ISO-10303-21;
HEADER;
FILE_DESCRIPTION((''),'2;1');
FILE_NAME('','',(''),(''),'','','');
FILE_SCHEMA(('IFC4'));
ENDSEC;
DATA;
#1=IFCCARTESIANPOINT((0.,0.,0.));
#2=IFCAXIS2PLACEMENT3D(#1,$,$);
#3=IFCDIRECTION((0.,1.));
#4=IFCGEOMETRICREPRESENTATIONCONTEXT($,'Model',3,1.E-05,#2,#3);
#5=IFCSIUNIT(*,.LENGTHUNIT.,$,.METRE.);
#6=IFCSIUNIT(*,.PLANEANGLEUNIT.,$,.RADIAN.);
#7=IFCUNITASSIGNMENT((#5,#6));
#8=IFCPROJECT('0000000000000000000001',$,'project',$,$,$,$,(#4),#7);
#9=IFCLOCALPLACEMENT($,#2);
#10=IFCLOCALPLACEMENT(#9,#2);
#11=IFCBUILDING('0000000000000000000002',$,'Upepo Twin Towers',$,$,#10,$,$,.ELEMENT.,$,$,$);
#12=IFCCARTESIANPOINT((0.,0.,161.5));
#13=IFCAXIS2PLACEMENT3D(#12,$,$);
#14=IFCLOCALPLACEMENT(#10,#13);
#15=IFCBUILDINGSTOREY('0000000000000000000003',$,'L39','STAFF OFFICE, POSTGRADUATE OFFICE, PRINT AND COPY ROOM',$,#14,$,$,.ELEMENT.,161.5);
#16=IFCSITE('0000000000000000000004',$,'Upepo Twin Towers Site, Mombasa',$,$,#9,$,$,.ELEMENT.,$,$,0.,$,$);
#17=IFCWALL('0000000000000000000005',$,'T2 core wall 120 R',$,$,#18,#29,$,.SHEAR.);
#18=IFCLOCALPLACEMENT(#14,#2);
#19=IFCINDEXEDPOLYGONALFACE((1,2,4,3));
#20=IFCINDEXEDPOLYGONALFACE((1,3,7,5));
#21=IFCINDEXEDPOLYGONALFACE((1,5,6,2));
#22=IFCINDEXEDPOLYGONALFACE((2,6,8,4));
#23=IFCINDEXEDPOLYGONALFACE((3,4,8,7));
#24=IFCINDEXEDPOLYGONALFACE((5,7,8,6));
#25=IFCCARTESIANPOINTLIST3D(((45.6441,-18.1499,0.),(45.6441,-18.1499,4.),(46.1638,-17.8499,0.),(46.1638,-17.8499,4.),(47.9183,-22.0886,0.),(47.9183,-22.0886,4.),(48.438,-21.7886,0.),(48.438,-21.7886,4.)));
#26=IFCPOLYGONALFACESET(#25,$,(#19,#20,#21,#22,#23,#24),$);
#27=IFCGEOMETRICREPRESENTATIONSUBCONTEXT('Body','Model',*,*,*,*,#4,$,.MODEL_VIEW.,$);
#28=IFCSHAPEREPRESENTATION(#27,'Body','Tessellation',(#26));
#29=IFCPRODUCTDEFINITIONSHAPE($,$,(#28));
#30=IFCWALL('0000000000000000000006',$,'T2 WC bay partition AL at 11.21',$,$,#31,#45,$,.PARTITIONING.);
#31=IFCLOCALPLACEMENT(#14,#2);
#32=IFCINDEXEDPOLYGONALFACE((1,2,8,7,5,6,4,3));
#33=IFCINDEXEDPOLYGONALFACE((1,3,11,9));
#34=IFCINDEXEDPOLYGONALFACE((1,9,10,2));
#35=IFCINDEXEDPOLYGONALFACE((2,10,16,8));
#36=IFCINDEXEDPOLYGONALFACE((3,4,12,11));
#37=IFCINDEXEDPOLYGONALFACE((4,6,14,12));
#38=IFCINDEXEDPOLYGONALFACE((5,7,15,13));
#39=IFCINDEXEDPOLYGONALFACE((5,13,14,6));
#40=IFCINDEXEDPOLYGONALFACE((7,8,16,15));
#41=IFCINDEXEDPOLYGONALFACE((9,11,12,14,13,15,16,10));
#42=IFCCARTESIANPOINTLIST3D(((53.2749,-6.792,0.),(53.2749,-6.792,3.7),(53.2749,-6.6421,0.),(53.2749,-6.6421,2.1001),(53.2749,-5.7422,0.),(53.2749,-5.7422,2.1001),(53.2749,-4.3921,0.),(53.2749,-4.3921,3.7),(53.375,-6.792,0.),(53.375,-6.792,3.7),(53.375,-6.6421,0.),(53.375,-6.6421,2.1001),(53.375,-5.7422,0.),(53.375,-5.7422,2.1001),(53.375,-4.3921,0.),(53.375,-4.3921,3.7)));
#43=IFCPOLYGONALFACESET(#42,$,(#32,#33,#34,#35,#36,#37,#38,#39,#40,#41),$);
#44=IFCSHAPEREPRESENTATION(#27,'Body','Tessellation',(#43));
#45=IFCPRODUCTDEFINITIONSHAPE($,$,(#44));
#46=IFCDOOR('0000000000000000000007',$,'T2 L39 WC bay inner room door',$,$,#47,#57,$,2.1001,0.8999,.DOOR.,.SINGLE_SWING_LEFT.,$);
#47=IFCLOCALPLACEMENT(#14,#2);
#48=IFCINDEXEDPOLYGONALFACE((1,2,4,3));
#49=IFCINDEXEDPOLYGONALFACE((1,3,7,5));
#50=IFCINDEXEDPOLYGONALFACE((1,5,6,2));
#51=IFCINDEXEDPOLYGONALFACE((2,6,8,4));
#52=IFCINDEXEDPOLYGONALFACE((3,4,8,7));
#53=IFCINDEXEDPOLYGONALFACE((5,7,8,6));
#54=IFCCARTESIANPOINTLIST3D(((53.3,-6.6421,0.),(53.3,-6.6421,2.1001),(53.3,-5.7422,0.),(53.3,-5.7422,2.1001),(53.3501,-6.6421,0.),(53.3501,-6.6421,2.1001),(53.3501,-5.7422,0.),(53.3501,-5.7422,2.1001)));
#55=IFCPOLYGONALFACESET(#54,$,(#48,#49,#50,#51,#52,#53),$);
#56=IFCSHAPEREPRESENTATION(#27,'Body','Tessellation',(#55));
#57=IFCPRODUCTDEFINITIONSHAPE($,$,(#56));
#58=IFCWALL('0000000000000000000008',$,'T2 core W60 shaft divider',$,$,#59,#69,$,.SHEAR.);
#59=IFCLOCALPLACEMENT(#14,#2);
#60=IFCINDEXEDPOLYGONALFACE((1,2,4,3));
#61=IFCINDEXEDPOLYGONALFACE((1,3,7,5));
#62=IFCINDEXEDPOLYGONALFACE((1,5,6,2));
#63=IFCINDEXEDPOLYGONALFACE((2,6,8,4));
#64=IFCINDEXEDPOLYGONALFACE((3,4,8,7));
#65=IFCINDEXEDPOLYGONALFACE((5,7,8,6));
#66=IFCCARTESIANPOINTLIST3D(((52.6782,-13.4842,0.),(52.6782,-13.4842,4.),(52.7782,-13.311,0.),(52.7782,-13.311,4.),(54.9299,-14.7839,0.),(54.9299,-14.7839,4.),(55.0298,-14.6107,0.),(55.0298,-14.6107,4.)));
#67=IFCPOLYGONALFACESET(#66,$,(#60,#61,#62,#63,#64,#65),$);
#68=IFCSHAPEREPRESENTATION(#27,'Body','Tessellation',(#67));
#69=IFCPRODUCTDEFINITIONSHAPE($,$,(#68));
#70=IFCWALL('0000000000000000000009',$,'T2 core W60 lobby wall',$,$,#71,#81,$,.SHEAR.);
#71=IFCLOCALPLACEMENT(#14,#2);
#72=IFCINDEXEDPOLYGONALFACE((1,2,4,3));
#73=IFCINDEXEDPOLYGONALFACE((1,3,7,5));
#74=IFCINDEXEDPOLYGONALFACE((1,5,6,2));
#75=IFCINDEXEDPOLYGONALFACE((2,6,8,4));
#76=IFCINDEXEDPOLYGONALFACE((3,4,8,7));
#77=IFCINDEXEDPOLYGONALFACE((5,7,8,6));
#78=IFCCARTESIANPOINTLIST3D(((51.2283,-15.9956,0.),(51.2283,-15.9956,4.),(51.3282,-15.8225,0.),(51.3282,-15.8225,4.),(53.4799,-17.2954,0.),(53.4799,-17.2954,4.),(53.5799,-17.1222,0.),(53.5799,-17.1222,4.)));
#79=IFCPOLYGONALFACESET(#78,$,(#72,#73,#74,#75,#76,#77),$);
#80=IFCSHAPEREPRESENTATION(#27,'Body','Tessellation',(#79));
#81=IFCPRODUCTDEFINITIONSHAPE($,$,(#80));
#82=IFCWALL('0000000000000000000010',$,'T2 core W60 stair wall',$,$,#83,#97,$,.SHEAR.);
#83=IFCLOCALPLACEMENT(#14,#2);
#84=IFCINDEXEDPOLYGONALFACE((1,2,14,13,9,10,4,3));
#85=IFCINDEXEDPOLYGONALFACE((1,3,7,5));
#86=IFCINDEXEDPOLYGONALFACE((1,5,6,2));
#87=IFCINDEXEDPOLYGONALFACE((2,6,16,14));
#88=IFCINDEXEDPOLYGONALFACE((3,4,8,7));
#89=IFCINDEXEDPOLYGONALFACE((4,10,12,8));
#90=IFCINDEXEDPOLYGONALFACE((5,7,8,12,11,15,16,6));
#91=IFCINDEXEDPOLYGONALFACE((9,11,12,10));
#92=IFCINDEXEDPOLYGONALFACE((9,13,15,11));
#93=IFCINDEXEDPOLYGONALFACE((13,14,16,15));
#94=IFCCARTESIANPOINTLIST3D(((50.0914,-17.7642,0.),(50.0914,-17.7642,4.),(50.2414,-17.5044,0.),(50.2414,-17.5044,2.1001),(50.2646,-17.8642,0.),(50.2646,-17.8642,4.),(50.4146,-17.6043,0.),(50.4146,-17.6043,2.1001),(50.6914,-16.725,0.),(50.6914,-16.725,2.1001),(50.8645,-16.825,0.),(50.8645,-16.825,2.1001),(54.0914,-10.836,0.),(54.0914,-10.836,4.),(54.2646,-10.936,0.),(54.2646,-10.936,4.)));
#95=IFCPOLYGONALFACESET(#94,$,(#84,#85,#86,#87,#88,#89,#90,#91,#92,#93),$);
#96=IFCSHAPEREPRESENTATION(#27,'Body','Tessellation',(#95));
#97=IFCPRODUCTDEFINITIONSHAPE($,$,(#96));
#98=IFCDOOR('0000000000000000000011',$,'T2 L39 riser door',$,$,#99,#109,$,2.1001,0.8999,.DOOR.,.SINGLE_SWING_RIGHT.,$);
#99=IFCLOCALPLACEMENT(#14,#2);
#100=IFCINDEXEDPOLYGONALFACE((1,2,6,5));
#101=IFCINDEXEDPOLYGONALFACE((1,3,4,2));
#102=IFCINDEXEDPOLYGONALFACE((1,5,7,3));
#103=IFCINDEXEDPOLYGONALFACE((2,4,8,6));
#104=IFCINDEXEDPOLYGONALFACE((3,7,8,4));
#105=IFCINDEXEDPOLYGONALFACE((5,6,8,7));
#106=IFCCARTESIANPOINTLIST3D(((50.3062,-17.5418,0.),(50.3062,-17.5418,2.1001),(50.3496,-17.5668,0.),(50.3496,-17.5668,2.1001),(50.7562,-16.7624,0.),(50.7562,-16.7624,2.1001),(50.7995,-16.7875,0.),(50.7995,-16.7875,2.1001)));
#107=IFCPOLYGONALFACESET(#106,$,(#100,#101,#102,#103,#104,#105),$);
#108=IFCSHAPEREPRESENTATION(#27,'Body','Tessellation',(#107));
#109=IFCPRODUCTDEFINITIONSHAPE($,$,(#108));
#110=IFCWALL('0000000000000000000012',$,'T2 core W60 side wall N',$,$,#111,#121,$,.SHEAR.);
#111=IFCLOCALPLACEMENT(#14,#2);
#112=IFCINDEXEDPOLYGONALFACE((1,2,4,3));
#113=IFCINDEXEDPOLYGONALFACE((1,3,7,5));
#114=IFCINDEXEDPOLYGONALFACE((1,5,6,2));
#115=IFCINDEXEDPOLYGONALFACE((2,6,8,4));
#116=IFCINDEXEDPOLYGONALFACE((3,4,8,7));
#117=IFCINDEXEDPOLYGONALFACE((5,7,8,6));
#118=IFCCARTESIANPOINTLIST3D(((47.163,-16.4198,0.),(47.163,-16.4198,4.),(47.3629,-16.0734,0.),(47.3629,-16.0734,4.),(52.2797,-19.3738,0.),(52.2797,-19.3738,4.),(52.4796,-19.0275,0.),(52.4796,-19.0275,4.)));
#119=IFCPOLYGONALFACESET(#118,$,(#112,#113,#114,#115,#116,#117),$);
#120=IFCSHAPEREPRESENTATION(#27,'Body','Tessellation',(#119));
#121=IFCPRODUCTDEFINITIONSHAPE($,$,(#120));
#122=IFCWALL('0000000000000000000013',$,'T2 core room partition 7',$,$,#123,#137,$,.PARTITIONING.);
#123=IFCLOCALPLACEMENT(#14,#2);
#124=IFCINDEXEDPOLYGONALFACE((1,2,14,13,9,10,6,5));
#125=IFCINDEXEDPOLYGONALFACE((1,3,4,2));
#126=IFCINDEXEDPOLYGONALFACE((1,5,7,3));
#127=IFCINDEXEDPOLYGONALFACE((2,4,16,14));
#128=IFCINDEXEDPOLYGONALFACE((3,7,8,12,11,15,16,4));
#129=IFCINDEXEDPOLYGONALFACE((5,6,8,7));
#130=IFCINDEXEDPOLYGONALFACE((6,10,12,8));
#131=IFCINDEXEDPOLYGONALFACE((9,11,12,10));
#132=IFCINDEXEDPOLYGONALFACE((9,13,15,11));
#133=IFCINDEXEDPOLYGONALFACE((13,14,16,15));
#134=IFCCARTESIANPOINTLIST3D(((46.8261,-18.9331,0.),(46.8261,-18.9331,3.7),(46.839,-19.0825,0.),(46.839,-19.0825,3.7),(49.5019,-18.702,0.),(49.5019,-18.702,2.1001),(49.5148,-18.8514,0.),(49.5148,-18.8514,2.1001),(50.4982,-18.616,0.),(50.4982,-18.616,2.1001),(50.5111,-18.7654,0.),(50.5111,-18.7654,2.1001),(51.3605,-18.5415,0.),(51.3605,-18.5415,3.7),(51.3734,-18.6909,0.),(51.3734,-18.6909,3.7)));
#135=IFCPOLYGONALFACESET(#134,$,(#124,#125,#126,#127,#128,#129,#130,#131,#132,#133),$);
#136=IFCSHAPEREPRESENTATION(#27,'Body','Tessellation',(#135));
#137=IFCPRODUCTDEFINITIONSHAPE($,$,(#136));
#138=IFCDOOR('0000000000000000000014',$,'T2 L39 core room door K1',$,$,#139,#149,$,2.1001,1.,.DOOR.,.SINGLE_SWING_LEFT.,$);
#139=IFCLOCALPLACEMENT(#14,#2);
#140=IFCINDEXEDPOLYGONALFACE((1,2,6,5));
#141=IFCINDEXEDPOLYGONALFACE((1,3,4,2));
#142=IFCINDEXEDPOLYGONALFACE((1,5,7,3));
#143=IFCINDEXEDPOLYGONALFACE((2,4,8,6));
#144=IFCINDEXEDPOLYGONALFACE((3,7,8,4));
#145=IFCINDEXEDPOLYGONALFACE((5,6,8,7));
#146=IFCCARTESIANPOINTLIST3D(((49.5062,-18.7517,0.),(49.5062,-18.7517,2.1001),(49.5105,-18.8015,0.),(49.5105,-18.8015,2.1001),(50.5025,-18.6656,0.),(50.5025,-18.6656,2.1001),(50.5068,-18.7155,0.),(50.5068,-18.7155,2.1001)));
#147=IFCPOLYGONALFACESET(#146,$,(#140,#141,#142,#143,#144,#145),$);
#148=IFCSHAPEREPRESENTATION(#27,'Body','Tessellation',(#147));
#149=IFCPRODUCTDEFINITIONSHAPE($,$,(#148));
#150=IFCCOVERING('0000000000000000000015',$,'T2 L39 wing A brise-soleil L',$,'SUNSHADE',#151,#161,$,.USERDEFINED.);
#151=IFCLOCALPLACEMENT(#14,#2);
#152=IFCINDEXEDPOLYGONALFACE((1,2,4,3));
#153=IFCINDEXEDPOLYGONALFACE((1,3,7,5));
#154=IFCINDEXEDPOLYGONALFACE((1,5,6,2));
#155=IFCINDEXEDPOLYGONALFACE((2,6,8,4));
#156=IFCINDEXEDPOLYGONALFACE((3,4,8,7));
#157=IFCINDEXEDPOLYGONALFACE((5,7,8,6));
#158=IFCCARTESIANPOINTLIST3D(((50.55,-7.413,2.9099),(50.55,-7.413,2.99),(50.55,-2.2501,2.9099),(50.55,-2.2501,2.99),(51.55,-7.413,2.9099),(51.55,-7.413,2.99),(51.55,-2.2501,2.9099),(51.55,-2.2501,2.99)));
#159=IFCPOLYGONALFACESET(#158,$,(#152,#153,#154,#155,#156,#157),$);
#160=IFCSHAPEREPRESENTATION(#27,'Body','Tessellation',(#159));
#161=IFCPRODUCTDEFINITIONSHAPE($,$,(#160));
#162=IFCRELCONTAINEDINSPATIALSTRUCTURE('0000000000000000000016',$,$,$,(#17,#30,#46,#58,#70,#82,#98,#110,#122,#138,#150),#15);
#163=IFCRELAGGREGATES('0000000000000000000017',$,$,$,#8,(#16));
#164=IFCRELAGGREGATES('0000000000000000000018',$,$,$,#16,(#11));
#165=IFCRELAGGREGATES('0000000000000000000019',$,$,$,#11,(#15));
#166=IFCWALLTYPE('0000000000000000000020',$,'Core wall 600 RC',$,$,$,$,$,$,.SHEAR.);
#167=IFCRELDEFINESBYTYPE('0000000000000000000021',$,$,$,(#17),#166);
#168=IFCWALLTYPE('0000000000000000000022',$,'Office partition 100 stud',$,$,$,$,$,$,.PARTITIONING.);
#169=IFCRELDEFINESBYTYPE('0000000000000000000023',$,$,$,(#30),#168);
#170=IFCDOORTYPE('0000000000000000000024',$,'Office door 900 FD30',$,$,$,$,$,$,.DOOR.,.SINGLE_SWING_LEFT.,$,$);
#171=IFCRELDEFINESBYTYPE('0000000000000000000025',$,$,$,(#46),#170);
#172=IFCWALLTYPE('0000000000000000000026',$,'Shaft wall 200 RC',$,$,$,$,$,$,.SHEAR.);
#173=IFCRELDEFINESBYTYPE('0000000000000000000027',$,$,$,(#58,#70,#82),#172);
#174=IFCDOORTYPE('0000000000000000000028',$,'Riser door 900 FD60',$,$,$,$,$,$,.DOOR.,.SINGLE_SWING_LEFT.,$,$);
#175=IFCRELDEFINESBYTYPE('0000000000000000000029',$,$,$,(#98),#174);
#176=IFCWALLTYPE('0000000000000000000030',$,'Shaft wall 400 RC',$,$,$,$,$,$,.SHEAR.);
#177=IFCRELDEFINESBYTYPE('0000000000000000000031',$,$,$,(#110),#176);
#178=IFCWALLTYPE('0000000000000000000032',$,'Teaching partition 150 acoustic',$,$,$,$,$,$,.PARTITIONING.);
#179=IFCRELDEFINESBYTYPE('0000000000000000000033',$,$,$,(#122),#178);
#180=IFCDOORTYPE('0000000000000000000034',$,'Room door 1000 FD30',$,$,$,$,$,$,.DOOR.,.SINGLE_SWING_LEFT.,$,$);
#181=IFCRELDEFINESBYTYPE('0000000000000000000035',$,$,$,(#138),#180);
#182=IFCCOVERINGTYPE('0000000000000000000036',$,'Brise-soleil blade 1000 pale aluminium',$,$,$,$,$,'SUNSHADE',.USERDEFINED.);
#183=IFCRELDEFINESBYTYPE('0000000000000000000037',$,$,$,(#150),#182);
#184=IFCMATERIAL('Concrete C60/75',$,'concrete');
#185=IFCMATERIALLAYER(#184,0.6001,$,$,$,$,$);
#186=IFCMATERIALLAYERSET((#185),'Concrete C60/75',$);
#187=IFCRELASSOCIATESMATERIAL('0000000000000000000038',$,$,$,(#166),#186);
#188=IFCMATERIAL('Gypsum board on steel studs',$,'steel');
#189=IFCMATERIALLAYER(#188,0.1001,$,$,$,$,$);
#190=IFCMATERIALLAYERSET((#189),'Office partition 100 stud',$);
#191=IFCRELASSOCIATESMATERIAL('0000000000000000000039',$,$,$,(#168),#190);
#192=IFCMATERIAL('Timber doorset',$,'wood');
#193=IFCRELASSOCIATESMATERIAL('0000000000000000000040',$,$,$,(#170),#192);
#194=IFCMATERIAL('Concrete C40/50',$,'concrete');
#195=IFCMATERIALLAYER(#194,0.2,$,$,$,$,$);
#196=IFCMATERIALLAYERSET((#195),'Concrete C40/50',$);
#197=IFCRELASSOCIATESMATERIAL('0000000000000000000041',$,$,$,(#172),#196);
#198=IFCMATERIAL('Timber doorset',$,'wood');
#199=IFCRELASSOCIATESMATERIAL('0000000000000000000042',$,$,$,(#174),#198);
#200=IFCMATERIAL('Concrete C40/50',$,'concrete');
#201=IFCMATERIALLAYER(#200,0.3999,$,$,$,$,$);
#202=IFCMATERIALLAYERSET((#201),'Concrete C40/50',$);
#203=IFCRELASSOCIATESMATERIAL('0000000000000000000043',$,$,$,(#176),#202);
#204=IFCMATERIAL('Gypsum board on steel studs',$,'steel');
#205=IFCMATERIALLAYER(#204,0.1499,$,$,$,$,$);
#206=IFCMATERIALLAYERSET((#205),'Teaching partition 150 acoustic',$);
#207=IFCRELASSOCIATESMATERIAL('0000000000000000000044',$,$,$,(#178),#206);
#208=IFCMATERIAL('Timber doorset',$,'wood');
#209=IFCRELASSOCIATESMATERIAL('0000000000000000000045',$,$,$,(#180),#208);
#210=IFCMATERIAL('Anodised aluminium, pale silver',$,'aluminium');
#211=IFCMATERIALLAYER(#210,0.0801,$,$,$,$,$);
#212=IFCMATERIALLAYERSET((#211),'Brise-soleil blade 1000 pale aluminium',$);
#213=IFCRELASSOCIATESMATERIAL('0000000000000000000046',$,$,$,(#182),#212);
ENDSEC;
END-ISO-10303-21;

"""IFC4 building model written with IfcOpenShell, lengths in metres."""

from ifc_helpers import new_model, si_unit, direction, frame, frame_2d, origin, origin_2d, place, context, subcontext, project, spatial, rectangle, extrude, material, layer, layer_set, type_object, element, fill, save


model = new_model("IFC4")

# Units and contexts
model_context = context("Model", 3, precision=1e-05, world=origin(), true_north=direction((0.0, 1.0)))
body_context = subcontext(model_context, "Body", "Model", "MODEL_VIEW")
ifc_project = project(units=[si_unit("LENGTHUNIT", "METRE"), si_unit("PLANEANGLEUNIT", "RADIAN")], contexts=[model_context])

# Site, building, storey
site_placement = place(None, origin())
site = spatial("IfcSite", under=ifc_project, at=site_placement, Name="Upepo Twin Towers Site, Mombasa", CompositionType="ELEMENT", RefElevation=0.0)
building_placement = place(site_placement, origin())
building = spatial("IfcBuilding", under=site, at=building_placement, Name="Upepo Twin Towers", CompositionType="ELEMENT")
storey_placement = place(building_placement, frame((0.0, 0.0, 161.5)))
storey = spatial("IfcBuildingStorey", under=building, at=storey_placement, Name="L39", Description="STAFF OFFICE, POSTGRADUATE OFFICE, PRINT AND COPY ROOM", CompositionType="ELEMENT", Elevation=161.5)

# Wall
ifc_material_1 = material(Name="Concrete C60/75", Category="concrete")
ifc_layer_1 = layer(ifc_material_1, 0.6001)
ifc_layer_set_1 = layer_set([ifc_layer_1], Name="Concrete C60/75")
wall_type_1 = type_object("IfcWallType", Name="Core wall 600 RC", PredefinedType="SHEAR", material=ifc_layer_set_1)
wall_1_placement = place(storey_placement, frame((45.9041, -18.0, 0.0), z_axis=(0.0, 0.0, 1.0), x_axis=(0.500024, -0.866011, 0.0)))
element("IfcWall", 1, at=wall_1_placement, inside=storey, type_object=wall_type_1, Name="T2 core wall 120 R", PredefinedType="SHEAR", context=body_context, shape_type="SweptSolid", body=[
    extrude(rectangle(XDim=4.5481, YDim=0.6001, at=frame_2d((2.2739, 0.0))), origin(), (0.0, 0.0, 1.0), 4.0),
])

# Wall, opening, door
ifc_material_2 = material(Name="Gypsum board on steel studs", Category="steel")
ifc_layer_2 = layer(ifc_material_2, 0.1001)
ifc_layer_set_2 = layer_set([ifc_layer_2], Name="Office partition 100 stud")
wall_type_2 = type_object("IfcWallType", Name="Office partition 100 stud", PredefinedType="PARTITIONING", material=ifc_layer_set_2)
wall_2_placement = place(storey_placement, frame((53.325, -6.792, 0.0), z_axis=(0.0, 0.0, 1.0), x_axis=(0.0, 1.0, 0.0)))
wall_2 = element("IfcWall", 2, at=wall_2_placement, inside=storey, type_object=wall_type_2, Name="T2 WC bay partition AL at 11.21", PredefinedType="PARTITIONING", context=body_context, shape_type="SweptSolid", body=[
    extrude(rectangle(XDim=2.3999, YDim=0.1001, at=frame_2d((1.2, 0.0))), origin(), (0.0, 0.0, 1.0), 3.7),
])
opening_1_placement = place(wall_2_placement, frame((0.1499, 0.0, 0.0)))
opening_1 = element("IfcOpeningElement", 3, at=opening_1_placement, cuts=wall_2, PredefinedType="OPENING", context=body_context, shape_type="SweptSolid", body=[
    extrude(rectangle(XDim=0.8999, YDim=2.1001, at=frame_2d((0.45, 1.05))), frame((0.0, 0.0601, 0.0), z_axis=(0.0, -1.0, 0.0), x_axis=(1.0, 0.0, 0.0)), (0.0, 0.0, 1.0), 0.1201),
])
ifc_material_3 = material(Name="Timber doorset", Category="wood")
door_type_1 = type_object("IfcDoorType", Name="Office door 900 FD30", OperationType="SINGLE_SWING_LEFT", PredefinedType="DOOR", material=ifc_material_3)
door_1_placement = place(opening_1_placement, origin())
door_1 = element("IfcDoor", 4, at=door_1_placement, inside=storey, type_object=door_type_1, Name="T2 L39 WC bay inner room door", OperationType="SINGLE_SWING_LEFT", OverallHeight=2.1001, OverallWidth=0.8999, PredefinedType="DOOR", context=body_context, shape_type="SweptSolid", body=[
    extrude(rectangle(XDim=0.8999, YDim=2.1001, at=frame_2d((0.45, 1.05))), frame((0.0, 0.0249, 0.0), z_axis=(0.0, -1.0, 0.0), x_axis=(1.0, 0.0, 0.0)), (0.0, 0.0, 1.0), 0.05),
])
fill(opening_1, door_1)

# Walls
ifc_material_4 = material(Name="Concrete C40/50", Category="concrete")
ifc_layer_3 = layer(ifc_material_4, 0.2)
ifc_layer_set_3 = layer_set([ifc_layer_3], Name="Concrete C40/50")
wall_type_3 = type_object("IfcWallType", Name="Shaft wall 200 RC", PredefinedType="SHEAR", material=ifc_layer_set_3)
for number, where, z_axis, x_axis, name in (
    (5, (54.9797, -14.6973, 0.0), (0.0, 0.0, 1.0), (-0.866062, 0.499937, 0.0), "T2 core W60 shaft divider"),
    (6, (53.5298, -17.2087, 0.0), (0.0, 0.0, 1.0), (-0.866062, 0.499937, 0.0), "T2 core W60 lobby wall"),
):
    element("IfcWall", number, at=place(storey_placement, frame(where, z_axis=z_axis, x_axis=x_axis)), inside=storey, type_object=wall_type_3, Name=name, PredefinedType="SHEAR", context=body_context, shape_type="SweptSolid", body=[
        extrude(rectangle(XDim=2.5999, YDim=0.2, at=frame_2d((1.2998, 0.0))), origin(), (0.0, 0.0, 1.0), 4.0),
    ])

# Wall, opening, door
wall_3_placement = place(storey_placement, frame((54.178, -10.886, 0.0), z_axis=(0.0, 0.0, 1.0), x_axis=(-0.499999, -0.866026, 0.0)))
wall_3 = element("IfcWall", 7, at=wall_3_placement, inside=storey, type_object=wall_type_3, Name="T2 core W60 stair wall", PredefinedType="SHEAR", context=body_context, shape_type="SweptSolid", body=[
    extrude(rectangle(XDim=8.0, YDim=0.2, at=frame_2d((4.0, 0.0))), origin(), (0.0, 0.0, 1.0), 4.0),
])
opening_2_placement = place(wall_3_placement, frame((6.8, 0.0, 0.0)))
opening_2 = element("IfcOpeningElement", 8, at=opening_2_placement, cuts=wall_3, PredefinedType="OPENING", context=body_context, shape_type="SweptSolid", body=[
    extrude(rectangle(XDim=0.8999, YDim=2.1001, at=frame_2d((0.45, 1.05))), frame((0.0, 0.1099, 0.0), z_axis=(0.0, -1.0, 0.0), x_axis=(1.0, 0.0, 0.0)), (0.0, 0.0, 1.0), 0.22),
])
ifc_material_5 = material(Name="Timber doorset", Category="wood")
door_type_2 = type_object("IfcDoorType", Name="Riser door 900 FD60", OperationType="SINGLE_SWING_LEFT", PredefinedType="DOOR", material=ifc_material_5)
door_2_placement = place(opening_2_placement, origin())
door_2 = element("IfcDoor", 9, at=door_2_placement, inside=storey, type_object=door_type_2, Name="T2 L39 riser door", OperationType="SINGLE_SWING_RIGHT", OverallHeight=2.1001, OverallWidth=0.8999, PredefinedType="DOOR", context=body_context, shape_type="SweptSolid", body=[
    extrude(rectangle(XDim=0.8999, YDim=2.1001, at=frame_2d((0.45, 1.05))), frame((0.0, 0.0249, 0.0), z_axis=(0.0, -1.0, 0.0), x_axis=(1.0, 0.0, 0.0)), (0.0, 0.0, 1.0), 0.05),
])
fill(opening_2, door_2)

# Wall
ifc_material_6 = material(Name="Concrete C40/50", Category="concrete")
ifc_layer_4 = layer(ifc_material_6, 0.3999)
ifc_layer_set_4 = layer_set([ifc_layer_4], Name="Concrete C40/50")
wall_type_4 = type_object("IfcWallType", Name="Shaft wall 400 RC", PredefinedType="SHEAR", material=ifc_layer_set_4)
wall_4_placement = place(storey_placement, frame((52.3796, -19.2007, 0.0), z_axis=(0.0, 0.0, 1.0), x_axis=(-0.866027, 0.499997, 0.0)))
element("IfcWall", 10, at=wall_4_placement, inside=storey, type_object=wall_type_4, Name="T2 core W60 side wall N", PredefinedType="SHEAR", context=body_context, shape_type="SweptSolid", body=[
    extrude(rectangle(XDim=5.9082, YDim=0.3999, at=frame_2d((2.9541, 0.0))), origin(), (0.0, 0.0, 1.0), 4.0),
])

# Wall, opening, door
ifc_material_7 = material(Name="Gypsum board on steel studs", Category="steel")
ifc_layer_5 = layer(ifc_material_7, 0.1499)
ifc_layer_set_5 = layer_set([ifc_layer_5], Name="Teaching partition 150 acoustic")
wall_type_5 = type_object("IfcWallType", Name="Teaching partition 150 acoustic", PredefinedType="PARTITIONING", material=ifc_layer_set_5)
wall_5_placement = place(storey_placement, frame((51.3669, -18.6162, 0.0), z_axis=(0.0, 0.0, 1.0), x_axis=(-0.996292, -0.086042, 0.0)))
wall_5 = element("IfcWall", 11, at=wall_5_placement, inside=storey, type_object=wall_type_5, Name="T2 core room partition 7", PredefinedType="PARTITIONING", context=body_context, shape_type="SweptSolid", body=[
    extrude(rectangle(XDim=4.5513, YDim=0.1499, at=frame_2d((2.2756, 0.0))), origin(), (0.0, 0.0, 1.0), 3.7),
])
opening_3_placement = place(wall_5_placement, frame((0.8655, 0.0, 0.0)))
opening_3 = element("IfcOpeningElement", 12, at=opening_3_placement, cuts=wall_5, PredefinedType="OPENING", context=body_context, shape_type="SweptSolid", body=[
    extrude(rectangle(XDim=1.0, YDim=2.1001, at=frame_2d((0.5, 1.05))), frame((0.0, 0.085, 0.0), z_axis=(0.0, -1.0, 0.0), x_axis=(1.0, 0.0, 0.0)), (0.0, 0.0, 1.0), 0.1699),
])
ifc_material_8 = material(Name="Timber doorset", Category="wood")
door_type_3 = type_object("IfcDoorType", Name="Room door 1000 FD30", OperationType="SINGLE_SWING_LEFT", PredefinedType="DOOR", material=ifc_material_8)
door_3_placement = place(opening_3_placement, origin())
door_3 = element("IfcDoor", 13, at=door_3_placement, inside=storey, type_object=door_type_3, Name="T2 L39 core room door K1", OperationType="SINGLE_SWING_LEFT", OverallHeight=2.1001, OverallWidth=1.0, PredefinedType="DOOR", context=body_context, shape_type="SweptSolid", body=[
    extrude(rectangle(XDim=1.0, YDim=2.1001, at=frame_2d((0.5, 1.05))), frame((0.0, 0.0249, 0.0), z_axis=(0.0, -1.0, 0.0), x_axis=(1.0, 0.0, 0.0)), (0.0, 0.0, 1.0), 0.05),
])
fill(opening_3, door_3)

# Covering
ifc_material_9 = material(Name="Anodised aluminium, pale silver", Category="aluminium")
ifc_layer_6 = layer(ifc_material_9, 0.0801)
ifc_layer_set_6 = layer_set([ifc_layer_6], Name="Brise-soleil blade 1000 pale aluminium")
covering_type = type_object("IfcCoveringType", Name="Brise-soleil blade 1000 pale aluminium", ElementType="SUNSHADE", PredefinedType="USERDEFINED", material=ifc_layer_set_6)
covering_placement = place(storey_placement, frame((51.05, -4.8315, 2.9099), z_axis=(0.0, 0.0, 1.0), x_axis=(0.0, 1.0, 0.0)))
element("IfcCovering", 14, at=covering_placement, inside=storey, type_object=covering_type, Name="T2 L39 wing A brise-soleil L", ObjectType="SUNSHADE", PredefinedType="USERDEFINED", context=body_context, shape_type="SweptSolid", body=[
    extrude(rectangle(XDim=5.1628, YDim=1.0, at=origin_2d()), origin(), (0.0, 0.0, 1.0), 0.0801),
])

save(model, "model.ifc")
